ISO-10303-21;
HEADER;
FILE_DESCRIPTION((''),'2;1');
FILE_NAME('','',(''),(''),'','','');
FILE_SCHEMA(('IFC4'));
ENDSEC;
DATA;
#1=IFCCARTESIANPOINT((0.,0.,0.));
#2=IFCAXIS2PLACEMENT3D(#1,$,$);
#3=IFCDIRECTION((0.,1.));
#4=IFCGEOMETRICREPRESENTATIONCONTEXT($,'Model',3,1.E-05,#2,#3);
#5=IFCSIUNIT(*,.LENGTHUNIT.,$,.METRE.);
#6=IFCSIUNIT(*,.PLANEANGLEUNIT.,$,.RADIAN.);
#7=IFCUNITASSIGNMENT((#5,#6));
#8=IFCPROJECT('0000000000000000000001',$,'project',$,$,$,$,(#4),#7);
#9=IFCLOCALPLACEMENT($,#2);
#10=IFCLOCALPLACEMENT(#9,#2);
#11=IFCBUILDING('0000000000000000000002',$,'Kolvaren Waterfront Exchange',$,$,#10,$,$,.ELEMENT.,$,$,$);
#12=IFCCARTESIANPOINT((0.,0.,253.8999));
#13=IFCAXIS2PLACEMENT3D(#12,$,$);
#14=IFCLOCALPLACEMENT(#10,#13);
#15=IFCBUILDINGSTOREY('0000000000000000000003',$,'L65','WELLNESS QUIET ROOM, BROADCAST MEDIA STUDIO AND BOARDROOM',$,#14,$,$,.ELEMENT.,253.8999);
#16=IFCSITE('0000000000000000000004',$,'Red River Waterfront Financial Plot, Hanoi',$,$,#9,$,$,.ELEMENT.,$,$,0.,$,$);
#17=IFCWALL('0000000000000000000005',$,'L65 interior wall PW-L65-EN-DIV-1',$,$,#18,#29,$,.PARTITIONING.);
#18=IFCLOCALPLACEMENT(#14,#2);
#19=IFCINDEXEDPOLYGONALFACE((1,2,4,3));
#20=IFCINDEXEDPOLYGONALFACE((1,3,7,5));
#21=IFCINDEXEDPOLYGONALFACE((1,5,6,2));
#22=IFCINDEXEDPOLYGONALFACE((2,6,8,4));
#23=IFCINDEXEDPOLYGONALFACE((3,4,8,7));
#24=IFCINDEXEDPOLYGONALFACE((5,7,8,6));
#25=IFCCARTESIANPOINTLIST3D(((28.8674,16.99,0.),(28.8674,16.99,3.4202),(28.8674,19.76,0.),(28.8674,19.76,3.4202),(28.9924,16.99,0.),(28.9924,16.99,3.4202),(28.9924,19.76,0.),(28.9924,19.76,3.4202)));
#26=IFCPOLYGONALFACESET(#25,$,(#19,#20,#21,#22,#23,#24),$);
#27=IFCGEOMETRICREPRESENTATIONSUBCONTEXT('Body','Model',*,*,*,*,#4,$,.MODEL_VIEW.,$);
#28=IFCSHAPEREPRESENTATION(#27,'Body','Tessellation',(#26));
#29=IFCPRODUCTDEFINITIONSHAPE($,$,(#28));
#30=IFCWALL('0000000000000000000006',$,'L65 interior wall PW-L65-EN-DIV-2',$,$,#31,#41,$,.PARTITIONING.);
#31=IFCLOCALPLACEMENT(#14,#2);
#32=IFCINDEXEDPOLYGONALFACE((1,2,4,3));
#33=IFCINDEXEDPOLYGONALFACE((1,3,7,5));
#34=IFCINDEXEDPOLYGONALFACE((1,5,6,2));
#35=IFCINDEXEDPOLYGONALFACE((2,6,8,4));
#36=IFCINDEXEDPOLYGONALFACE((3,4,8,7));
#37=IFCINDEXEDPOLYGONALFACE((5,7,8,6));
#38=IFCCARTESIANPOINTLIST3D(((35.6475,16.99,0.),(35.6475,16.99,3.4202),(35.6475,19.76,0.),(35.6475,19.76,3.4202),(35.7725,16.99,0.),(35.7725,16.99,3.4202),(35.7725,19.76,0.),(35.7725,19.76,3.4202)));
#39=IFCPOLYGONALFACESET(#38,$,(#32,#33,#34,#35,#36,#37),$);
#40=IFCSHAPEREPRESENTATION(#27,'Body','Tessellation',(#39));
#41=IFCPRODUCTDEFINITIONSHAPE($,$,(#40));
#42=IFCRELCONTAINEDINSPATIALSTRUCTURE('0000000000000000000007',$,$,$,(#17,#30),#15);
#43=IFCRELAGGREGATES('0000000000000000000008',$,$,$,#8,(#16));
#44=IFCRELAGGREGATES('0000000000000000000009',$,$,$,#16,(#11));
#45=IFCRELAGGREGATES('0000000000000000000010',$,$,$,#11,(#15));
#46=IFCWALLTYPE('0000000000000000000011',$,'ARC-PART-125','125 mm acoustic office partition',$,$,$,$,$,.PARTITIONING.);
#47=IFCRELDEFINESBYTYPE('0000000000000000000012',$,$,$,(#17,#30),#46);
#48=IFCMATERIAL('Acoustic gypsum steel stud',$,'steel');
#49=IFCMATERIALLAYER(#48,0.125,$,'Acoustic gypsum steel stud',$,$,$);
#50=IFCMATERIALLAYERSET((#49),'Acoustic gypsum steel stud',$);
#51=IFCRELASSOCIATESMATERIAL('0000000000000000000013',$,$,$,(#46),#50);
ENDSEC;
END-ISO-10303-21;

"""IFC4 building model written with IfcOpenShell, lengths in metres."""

from ifc_helpers import new_model, si_unit, direction, frame, frame_2d, origin, place, context, subcontext, project, spatial, rectangle, extrude, material, layer, layer_set, type_object, element, save


model = new_model("IFC4")

# Units and contexts
model_context = context("Model", 3, precision=1e-05, world=origin(), true_north=direction((0.0, 1.0)))
body_context = subcontext(model_context, "Body", "Model", "MODEL_VIEW")
ifc_project = project(units=[si_unit("LENGTHUNIT", "METRE"), si_unit("PLANEANGLEUNIT", "RADIAN")], contexts=[model_context])

# Site, building, storey
site_placement = place(None, origin())
site = spatial("IfcSite", under=ifc_project, at=site_placement, Name="Red River Waterfront Financial Plot, Hanoi", CompositionType="ELEMENT", RefElevation=0.0)
building_placement = place(site_placement, origin())
building = spatial("IfcBuilding", under=site, at=building_placement, Name="Kolvaren Waterfront Exchange", CompositionType="ELEMENT")
storey_placement = place(building_placement, frame((0.0, 0.0, 253.8999)))
storey = spatial("IfcBuildingStorey", under=building, at=storey_placement, Name="L65", Description="WELLNESS QUIET ROOM, BROADCAST MEDIA STUDIO AND BOARDROOM", CompositionType="ELEMENT", Elevation=253.8999)

# Shared definitions
ifc_material_1 = material(Name="Acoustic gypsum steel stud", Category="steel")
ifc_layer_1 = layer(ifc_material_1, 0.125, Name="Acoustic gypsum steel stud")
ifc_layer_set_1 = layer_set([ifc_layer_1], Name="Acoustic gypsum steel stud")
wall_type_1 = type_object("IfcWallType", Name="ARC-PART-125", Description="125 mm acoustic office partition", PredefinedType="PARTITIONING", material=ifc_layer_set_1)

# Walls
for number, where, z_axis, x_axis, name in (
    (1, (28.9299, 16.99, 0.0), (0.0, 0.0, 1.0), (0.0, 1.0, 0.0), "L65 interior wall PW-L65-EN-DIV-1"),
    (2, (35.71, 16.99, 0.0), (0.0, 0.0, 1.0), (0.0, 1.0, 0.0), "L65 interior wall PW-L65-EN-DIV-2"),
):
    element("IfcWall", number, at=place(storey_placement, frame(where, z_axis=z_axis, x_axis=x_axis)), inside=storey, type_object=wall_type_1, Name=name, PredefinedType="PARTITIONING", context=body_context, shape_type="SweptSolid", body=[
        extrude(rectangle(XDim=2.77, YDim=0.125, at=frame_2d((1.385, 0.0))), origin(), (0.0, 0.0, 1.0), 3.4202),
    ])

save(model, "model.ifc")
